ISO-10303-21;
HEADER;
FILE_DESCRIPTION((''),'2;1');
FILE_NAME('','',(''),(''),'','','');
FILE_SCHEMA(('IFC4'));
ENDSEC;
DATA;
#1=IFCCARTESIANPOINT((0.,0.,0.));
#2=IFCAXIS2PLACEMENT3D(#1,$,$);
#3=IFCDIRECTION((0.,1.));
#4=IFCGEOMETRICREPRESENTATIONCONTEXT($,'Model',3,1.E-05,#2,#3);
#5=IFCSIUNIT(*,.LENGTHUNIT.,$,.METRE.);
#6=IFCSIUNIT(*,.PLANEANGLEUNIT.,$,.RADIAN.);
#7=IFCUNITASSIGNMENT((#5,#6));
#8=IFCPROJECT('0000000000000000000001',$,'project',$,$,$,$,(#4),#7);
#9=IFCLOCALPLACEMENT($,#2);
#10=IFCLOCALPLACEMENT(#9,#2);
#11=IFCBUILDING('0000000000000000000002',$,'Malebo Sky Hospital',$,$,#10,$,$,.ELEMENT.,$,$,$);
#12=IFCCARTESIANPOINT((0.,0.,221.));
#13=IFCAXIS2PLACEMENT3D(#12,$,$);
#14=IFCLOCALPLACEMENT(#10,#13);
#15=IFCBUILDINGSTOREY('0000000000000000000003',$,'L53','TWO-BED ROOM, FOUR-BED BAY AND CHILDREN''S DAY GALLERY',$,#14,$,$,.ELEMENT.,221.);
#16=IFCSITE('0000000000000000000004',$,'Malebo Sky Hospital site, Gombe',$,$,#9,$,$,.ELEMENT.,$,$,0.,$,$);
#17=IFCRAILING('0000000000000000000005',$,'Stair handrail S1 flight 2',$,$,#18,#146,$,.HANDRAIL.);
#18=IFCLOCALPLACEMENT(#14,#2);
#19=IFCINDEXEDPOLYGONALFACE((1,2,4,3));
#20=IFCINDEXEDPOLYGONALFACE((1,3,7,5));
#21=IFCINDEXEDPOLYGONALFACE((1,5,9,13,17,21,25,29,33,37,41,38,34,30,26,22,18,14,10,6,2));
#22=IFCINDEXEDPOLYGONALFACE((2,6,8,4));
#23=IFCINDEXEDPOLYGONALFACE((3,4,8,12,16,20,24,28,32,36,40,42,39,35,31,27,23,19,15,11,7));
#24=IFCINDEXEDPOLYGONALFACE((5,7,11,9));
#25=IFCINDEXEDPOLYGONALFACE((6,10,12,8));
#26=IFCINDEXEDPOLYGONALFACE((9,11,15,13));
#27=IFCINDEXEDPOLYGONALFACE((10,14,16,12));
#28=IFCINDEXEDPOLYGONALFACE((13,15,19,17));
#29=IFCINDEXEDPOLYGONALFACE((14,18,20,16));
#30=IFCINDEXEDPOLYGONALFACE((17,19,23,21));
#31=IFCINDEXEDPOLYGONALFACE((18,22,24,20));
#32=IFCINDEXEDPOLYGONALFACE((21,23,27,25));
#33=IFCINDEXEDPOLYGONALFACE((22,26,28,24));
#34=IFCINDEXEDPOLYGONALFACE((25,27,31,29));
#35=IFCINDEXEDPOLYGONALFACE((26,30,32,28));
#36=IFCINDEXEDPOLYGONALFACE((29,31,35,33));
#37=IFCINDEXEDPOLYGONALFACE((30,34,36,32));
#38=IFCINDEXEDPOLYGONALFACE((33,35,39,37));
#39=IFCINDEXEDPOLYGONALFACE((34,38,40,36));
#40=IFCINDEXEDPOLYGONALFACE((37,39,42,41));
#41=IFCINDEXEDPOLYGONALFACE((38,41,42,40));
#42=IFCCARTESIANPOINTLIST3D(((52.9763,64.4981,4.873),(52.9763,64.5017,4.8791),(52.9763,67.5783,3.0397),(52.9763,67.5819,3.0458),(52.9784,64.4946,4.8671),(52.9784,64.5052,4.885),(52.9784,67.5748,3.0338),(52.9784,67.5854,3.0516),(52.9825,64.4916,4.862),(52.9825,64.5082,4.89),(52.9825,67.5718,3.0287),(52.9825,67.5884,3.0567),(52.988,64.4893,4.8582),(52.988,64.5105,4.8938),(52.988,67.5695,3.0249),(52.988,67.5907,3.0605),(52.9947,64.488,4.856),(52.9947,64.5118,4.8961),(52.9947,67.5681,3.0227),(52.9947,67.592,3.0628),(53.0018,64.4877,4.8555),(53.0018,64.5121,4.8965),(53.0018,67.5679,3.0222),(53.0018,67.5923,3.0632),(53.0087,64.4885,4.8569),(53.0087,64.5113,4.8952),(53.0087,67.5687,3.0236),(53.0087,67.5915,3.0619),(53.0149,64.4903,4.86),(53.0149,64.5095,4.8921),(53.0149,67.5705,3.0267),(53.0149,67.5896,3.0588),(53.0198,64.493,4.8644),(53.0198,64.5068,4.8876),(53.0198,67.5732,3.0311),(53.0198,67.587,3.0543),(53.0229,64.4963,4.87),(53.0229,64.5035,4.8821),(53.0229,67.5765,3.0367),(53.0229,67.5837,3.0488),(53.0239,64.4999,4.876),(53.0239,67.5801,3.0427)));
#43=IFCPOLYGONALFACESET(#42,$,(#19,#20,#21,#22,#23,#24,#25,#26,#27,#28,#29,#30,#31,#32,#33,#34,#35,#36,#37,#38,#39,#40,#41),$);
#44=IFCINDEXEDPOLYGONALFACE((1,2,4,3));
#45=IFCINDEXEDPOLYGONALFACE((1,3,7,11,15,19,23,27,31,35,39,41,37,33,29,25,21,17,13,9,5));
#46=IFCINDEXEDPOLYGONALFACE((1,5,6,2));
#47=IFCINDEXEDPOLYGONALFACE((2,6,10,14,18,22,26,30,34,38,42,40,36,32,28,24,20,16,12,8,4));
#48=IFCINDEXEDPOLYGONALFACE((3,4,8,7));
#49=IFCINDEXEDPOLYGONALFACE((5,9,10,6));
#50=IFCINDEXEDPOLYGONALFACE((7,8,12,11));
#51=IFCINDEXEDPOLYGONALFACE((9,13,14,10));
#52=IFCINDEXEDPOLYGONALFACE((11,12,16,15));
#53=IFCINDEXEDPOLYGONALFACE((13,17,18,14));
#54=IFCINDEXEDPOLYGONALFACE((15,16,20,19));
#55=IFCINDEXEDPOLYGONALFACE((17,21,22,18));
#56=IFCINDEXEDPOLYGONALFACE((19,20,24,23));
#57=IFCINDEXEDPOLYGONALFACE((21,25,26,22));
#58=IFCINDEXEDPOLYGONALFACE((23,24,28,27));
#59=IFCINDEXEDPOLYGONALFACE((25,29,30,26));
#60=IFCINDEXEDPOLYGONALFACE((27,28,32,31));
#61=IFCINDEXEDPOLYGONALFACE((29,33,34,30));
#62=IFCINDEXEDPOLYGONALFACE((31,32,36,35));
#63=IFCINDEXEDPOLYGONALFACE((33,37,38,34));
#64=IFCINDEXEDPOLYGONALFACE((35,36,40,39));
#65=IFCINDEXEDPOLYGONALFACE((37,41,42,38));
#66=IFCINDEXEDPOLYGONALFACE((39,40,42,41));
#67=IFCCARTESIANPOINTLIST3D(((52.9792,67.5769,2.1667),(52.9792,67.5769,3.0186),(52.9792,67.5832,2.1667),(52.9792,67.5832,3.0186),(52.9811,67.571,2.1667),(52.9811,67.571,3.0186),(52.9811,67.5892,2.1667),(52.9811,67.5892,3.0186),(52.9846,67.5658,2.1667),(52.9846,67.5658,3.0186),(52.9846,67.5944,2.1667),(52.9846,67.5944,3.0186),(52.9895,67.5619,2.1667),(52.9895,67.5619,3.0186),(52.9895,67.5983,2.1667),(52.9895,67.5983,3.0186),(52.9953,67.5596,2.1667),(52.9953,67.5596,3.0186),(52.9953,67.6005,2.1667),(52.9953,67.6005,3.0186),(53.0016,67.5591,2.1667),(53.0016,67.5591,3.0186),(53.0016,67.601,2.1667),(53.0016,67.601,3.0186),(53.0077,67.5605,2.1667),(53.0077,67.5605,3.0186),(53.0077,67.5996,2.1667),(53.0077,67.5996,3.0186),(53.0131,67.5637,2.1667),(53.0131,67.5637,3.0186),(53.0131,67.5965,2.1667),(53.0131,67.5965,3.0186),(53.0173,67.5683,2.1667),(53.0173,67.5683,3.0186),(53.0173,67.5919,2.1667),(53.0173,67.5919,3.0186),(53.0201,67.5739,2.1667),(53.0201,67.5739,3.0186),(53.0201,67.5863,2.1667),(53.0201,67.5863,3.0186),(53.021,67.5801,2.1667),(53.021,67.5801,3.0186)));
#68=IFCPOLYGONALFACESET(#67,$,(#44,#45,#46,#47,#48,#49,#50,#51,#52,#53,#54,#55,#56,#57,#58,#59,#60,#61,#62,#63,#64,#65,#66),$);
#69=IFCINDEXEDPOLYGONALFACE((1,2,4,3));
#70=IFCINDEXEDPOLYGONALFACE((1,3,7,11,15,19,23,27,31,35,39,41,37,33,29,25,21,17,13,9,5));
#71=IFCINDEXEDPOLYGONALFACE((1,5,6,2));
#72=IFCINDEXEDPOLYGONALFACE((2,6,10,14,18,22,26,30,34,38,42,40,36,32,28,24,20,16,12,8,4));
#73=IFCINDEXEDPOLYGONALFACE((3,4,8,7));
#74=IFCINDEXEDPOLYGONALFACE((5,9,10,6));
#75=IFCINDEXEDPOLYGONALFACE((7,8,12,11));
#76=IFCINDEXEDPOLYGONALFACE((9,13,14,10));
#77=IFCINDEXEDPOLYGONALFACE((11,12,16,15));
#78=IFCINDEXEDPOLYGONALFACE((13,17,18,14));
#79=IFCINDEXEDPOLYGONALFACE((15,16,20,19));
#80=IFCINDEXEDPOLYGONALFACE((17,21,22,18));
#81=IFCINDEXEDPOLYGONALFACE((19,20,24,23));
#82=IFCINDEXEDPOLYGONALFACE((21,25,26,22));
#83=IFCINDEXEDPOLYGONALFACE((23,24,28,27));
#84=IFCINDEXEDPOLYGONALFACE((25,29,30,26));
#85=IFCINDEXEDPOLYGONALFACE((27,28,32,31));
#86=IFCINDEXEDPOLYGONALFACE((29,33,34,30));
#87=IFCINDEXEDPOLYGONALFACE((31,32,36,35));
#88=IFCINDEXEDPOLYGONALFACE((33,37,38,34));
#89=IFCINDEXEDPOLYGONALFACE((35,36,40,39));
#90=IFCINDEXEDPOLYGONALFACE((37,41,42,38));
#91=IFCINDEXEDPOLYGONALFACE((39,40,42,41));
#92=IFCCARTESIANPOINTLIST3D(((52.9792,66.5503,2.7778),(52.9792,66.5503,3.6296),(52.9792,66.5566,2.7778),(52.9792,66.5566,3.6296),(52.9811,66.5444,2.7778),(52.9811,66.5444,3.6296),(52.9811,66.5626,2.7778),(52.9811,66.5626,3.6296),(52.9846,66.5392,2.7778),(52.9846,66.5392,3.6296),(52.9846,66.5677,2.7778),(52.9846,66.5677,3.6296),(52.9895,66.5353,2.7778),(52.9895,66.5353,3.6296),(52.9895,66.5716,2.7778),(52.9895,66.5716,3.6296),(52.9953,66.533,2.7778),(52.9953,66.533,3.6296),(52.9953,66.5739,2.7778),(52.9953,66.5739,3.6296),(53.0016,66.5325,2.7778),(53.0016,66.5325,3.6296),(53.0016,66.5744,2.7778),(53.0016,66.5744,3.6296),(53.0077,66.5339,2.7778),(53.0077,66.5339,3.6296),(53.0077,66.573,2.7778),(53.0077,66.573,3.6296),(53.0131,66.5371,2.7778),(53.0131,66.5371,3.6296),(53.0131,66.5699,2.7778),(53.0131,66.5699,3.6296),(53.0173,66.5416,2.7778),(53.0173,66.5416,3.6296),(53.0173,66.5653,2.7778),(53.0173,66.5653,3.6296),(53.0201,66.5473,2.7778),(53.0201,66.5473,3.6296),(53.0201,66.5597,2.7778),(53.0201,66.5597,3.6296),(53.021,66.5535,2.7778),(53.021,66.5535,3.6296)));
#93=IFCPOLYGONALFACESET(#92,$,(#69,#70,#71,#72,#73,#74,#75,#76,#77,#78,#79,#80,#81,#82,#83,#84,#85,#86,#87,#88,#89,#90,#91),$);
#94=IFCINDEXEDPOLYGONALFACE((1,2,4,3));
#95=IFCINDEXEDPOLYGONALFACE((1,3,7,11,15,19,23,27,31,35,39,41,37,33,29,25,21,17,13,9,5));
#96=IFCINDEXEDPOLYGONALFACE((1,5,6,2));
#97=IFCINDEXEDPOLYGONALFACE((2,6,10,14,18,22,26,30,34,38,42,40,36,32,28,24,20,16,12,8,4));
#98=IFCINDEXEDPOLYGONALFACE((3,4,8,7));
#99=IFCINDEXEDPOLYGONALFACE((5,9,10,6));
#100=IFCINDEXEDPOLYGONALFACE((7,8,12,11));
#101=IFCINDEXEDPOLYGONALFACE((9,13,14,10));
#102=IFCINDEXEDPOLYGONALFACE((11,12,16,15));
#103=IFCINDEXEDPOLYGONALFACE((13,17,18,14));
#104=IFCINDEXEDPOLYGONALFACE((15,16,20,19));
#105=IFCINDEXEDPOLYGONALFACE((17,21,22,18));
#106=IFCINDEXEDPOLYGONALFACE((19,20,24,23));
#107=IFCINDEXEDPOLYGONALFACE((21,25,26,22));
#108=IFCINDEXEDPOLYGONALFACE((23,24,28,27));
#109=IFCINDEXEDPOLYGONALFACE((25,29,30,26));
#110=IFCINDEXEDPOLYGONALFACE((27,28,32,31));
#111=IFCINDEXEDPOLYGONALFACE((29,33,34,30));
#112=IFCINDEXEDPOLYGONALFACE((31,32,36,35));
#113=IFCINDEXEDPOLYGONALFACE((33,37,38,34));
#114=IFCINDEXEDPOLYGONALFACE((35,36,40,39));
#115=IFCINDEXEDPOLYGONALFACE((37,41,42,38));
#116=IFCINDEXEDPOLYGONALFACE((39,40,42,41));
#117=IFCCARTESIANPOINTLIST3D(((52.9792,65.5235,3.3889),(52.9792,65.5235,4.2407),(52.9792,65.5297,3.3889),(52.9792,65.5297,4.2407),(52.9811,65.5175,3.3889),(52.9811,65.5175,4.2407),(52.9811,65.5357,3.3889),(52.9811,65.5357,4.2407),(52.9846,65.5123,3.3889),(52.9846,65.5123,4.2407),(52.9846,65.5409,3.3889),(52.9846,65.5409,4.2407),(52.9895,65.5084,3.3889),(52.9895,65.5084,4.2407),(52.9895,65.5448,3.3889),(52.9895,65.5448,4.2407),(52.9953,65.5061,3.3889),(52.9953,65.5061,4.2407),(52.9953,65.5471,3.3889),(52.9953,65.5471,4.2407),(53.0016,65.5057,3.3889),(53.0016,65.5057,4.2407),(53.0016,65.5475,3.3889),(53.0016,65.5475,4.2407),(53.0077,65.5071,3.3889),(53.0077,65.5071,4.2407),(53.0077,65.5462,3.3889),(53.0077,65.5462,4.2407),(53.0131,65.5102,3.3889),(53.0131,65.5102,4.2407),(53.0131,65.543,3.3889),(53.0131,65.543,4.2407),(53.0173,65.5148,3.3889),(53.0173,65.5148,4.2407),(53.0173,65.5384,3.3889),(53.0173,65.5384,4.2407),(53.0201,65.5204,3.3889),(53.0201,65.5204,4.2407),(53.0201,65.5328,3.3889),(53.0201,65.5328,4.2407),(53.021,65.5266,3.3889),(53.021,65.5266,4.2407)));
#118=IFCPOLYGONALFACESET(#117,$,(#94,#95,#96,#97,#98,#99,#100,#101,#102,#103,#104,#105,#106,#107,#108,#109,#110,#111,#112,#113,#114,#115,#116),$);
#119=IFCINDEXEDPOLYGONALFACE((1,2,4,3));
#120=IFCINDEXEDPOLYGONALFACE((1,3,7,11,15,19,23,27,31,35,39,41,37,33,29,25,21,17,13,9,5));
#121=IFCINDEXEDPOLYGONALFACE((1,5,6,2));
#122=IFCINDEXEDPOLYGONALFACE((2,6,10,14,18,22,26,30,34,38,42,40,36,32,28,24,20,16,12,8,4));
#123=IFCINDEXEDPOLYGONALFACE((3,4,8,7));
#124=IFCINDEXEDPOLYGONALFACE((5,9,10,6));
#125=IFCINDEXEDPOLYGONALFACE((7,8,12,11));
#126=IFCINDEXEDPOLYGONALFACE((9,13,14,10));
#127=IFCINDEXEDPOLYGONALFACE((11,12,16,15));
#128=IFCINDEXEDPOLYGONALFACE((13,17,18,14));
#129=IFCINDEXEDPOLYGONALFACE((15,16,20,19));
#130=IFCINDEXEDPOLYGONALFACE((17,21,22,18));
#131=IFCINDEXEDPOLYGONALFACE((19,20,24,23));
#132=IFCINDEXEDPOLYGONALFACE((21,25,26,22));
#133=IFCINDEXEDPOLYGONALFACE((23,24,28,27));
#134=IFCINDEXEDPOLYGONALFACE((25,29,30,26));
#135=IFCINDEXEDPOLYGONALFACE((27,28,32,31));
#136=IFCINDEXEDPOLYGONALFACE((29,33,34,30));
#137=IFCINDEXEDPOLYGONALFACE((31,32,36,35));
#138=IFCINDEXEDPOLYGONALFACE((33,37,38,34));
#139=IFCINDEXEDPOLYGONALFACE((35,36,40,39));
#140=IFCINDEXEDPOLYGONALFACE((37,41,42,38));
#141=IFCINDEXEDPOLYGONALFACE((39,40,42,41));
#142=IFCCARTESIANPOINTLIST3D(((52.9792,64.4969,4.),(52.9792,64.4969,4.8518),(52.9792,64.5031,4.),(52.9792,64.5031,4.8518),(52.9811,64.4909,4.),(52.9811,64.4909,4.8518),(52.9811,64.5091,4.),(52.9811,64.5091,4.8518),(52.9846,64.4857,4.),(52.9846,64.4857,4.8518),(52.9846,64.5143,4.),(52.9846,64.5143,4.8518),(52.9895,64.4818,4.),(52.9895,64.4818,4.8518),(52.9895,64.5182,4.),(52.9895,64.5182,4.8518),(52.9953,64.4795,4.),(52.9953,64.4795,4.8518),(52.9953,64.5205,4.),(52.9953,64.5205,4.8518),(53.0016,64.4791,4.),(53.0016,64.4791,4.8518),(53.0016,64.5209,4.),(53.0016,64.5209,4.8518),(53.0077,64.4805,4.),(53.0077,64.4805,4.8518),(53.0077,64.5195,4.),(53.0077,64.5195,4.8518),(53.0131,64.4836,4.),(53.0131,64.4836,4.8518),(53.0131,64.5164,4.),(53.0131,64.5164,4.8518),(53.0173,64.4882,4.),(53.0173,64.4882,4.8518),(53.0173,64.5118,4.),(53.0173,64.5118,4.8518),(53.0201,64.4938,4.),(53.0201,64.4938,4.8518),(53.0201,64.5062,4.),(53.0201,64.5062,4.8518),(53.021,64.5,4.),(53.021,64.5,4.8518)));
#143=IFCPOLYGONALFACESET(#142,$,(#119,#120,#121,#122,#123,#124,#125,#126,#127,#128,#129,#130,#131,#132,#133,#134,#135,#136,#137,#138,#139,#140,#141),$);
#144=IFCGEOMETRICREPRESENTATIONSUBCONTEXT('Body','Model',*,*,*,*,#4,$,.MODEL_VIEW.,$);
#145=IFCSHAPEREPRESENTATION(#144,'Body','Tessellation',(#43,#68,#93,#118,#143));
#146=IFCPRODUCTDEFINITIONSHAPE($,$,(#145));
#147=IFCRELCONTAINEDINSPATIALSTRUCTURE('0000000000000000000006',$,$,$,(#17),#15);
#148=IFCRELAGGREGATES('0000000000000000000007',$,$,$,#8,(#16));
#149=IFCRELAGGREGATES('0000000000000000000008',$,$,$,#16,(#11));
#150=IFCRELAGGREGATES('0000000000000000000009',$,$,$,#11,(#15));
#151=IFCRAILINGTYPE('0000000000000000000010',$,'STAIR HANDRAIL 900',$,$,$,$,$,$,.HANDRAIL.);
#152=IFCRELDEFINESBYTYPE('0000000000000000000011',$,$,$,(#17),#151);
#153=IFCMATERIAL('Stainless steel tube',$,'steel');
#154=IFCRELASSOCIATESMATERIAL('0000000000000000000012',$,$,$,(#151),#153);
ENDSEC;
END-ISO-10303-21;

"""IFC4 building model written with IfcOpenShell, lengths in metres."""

from ifc_helpers import new_model, si_unit, direction, frame, origin, origin_2d, place, context, subcontext, project, spatial, circle, extrude, material, type_object, element, save


model = new_model("IFC4")

# Units and contexts
model_context = context("Model", 3, precision=1e-05, world=origin(), true_north=direction((0.0, 1.0)))
body_context = subcontext(model_context, "Body", "Model", "MODEL_VIEW")
ifc_project = project(units=[si_unit("LENGTHUNIT", "METRE"), si_unit("PLANEANGLEUNIT", "RADIAN")], contexts=[model_context])

# Site, building, storey
site_placement = place(None, origin())
site = spatial("IfcSite", under=ifc_project, at=site_placement, Name="Malebo Sky Hospital site, Gombe", CompositionType="ELEMENT", RefElevation=0.0)
building_placement = place(site_placement, origin())
building = spatial("IfcBuilding", under=site, at=building_placement, Name="Malebo Sky Hospital", CompositionType="ELEMENT")
storey_placement = place(building_placement, frame((0.0, 0.0, 221.0)))
storey = spatial("IfcBuildingStorey", under=building, at=storey_placement, Name="L53", Description="TWO-BED ROOM, FOUR-BED BAY AND CHILDREN'S DAY GALLERY", CompositionType="ELEMENT", Elevation=221.0)

# Railing
ifc_material_1 = material(Name="Stainless steel tube", Category="steel")
railing_type = type_object("IfcRailingType", Name="STAIR HANDRAIL 900", PredefinedType="HANDRAIL", material=ifc_material_1)
railing_1_placement = place(storey_placement, frame((53.0, 67.5801, 2.1667)))
element("IfcRailing", 1, at=railing_1_placement, inside=storey, type_object=railing_type, Name="Stair handrail S1 flight 2", PredefinedType="HANDRAIL", context=body_context, shape_type="SweptSolid", body=[
    extrude(circle(Radius=0.0239, at=origin_2d()), frame((0.0, 0.0, 0.876), z_axis=(0.0, -0.859309, 0.511458), x_axis=(1.0, 0.0, 0.0)), (0.0, 0.0, 1.0), 3.5845),
    extrude(circle(Radius=0.021, at=origin_2d()), origin(), (0.0, 0.0, 1.0), 0.8518),
    extrude(circle(Radius=0.021, at=origin_2d()), frame((0.0, -1.0266, 0.6111)), (0.0, 0.0, 1.0), 0.8518),
    extrude(circle(Radius=0.021, at=origin_2d()), frame((0.0, -2.0535, 1.2222)), (0.0, 0.0, 1.0), 0.8518),
    extrude(circle(Radius=0.021, at=origin_2d()), frame((0.0, -3.0801, 1.8333)), (0.0, 0.0, 1.0), 0.8518),
])

save(model, "model.ifc")
